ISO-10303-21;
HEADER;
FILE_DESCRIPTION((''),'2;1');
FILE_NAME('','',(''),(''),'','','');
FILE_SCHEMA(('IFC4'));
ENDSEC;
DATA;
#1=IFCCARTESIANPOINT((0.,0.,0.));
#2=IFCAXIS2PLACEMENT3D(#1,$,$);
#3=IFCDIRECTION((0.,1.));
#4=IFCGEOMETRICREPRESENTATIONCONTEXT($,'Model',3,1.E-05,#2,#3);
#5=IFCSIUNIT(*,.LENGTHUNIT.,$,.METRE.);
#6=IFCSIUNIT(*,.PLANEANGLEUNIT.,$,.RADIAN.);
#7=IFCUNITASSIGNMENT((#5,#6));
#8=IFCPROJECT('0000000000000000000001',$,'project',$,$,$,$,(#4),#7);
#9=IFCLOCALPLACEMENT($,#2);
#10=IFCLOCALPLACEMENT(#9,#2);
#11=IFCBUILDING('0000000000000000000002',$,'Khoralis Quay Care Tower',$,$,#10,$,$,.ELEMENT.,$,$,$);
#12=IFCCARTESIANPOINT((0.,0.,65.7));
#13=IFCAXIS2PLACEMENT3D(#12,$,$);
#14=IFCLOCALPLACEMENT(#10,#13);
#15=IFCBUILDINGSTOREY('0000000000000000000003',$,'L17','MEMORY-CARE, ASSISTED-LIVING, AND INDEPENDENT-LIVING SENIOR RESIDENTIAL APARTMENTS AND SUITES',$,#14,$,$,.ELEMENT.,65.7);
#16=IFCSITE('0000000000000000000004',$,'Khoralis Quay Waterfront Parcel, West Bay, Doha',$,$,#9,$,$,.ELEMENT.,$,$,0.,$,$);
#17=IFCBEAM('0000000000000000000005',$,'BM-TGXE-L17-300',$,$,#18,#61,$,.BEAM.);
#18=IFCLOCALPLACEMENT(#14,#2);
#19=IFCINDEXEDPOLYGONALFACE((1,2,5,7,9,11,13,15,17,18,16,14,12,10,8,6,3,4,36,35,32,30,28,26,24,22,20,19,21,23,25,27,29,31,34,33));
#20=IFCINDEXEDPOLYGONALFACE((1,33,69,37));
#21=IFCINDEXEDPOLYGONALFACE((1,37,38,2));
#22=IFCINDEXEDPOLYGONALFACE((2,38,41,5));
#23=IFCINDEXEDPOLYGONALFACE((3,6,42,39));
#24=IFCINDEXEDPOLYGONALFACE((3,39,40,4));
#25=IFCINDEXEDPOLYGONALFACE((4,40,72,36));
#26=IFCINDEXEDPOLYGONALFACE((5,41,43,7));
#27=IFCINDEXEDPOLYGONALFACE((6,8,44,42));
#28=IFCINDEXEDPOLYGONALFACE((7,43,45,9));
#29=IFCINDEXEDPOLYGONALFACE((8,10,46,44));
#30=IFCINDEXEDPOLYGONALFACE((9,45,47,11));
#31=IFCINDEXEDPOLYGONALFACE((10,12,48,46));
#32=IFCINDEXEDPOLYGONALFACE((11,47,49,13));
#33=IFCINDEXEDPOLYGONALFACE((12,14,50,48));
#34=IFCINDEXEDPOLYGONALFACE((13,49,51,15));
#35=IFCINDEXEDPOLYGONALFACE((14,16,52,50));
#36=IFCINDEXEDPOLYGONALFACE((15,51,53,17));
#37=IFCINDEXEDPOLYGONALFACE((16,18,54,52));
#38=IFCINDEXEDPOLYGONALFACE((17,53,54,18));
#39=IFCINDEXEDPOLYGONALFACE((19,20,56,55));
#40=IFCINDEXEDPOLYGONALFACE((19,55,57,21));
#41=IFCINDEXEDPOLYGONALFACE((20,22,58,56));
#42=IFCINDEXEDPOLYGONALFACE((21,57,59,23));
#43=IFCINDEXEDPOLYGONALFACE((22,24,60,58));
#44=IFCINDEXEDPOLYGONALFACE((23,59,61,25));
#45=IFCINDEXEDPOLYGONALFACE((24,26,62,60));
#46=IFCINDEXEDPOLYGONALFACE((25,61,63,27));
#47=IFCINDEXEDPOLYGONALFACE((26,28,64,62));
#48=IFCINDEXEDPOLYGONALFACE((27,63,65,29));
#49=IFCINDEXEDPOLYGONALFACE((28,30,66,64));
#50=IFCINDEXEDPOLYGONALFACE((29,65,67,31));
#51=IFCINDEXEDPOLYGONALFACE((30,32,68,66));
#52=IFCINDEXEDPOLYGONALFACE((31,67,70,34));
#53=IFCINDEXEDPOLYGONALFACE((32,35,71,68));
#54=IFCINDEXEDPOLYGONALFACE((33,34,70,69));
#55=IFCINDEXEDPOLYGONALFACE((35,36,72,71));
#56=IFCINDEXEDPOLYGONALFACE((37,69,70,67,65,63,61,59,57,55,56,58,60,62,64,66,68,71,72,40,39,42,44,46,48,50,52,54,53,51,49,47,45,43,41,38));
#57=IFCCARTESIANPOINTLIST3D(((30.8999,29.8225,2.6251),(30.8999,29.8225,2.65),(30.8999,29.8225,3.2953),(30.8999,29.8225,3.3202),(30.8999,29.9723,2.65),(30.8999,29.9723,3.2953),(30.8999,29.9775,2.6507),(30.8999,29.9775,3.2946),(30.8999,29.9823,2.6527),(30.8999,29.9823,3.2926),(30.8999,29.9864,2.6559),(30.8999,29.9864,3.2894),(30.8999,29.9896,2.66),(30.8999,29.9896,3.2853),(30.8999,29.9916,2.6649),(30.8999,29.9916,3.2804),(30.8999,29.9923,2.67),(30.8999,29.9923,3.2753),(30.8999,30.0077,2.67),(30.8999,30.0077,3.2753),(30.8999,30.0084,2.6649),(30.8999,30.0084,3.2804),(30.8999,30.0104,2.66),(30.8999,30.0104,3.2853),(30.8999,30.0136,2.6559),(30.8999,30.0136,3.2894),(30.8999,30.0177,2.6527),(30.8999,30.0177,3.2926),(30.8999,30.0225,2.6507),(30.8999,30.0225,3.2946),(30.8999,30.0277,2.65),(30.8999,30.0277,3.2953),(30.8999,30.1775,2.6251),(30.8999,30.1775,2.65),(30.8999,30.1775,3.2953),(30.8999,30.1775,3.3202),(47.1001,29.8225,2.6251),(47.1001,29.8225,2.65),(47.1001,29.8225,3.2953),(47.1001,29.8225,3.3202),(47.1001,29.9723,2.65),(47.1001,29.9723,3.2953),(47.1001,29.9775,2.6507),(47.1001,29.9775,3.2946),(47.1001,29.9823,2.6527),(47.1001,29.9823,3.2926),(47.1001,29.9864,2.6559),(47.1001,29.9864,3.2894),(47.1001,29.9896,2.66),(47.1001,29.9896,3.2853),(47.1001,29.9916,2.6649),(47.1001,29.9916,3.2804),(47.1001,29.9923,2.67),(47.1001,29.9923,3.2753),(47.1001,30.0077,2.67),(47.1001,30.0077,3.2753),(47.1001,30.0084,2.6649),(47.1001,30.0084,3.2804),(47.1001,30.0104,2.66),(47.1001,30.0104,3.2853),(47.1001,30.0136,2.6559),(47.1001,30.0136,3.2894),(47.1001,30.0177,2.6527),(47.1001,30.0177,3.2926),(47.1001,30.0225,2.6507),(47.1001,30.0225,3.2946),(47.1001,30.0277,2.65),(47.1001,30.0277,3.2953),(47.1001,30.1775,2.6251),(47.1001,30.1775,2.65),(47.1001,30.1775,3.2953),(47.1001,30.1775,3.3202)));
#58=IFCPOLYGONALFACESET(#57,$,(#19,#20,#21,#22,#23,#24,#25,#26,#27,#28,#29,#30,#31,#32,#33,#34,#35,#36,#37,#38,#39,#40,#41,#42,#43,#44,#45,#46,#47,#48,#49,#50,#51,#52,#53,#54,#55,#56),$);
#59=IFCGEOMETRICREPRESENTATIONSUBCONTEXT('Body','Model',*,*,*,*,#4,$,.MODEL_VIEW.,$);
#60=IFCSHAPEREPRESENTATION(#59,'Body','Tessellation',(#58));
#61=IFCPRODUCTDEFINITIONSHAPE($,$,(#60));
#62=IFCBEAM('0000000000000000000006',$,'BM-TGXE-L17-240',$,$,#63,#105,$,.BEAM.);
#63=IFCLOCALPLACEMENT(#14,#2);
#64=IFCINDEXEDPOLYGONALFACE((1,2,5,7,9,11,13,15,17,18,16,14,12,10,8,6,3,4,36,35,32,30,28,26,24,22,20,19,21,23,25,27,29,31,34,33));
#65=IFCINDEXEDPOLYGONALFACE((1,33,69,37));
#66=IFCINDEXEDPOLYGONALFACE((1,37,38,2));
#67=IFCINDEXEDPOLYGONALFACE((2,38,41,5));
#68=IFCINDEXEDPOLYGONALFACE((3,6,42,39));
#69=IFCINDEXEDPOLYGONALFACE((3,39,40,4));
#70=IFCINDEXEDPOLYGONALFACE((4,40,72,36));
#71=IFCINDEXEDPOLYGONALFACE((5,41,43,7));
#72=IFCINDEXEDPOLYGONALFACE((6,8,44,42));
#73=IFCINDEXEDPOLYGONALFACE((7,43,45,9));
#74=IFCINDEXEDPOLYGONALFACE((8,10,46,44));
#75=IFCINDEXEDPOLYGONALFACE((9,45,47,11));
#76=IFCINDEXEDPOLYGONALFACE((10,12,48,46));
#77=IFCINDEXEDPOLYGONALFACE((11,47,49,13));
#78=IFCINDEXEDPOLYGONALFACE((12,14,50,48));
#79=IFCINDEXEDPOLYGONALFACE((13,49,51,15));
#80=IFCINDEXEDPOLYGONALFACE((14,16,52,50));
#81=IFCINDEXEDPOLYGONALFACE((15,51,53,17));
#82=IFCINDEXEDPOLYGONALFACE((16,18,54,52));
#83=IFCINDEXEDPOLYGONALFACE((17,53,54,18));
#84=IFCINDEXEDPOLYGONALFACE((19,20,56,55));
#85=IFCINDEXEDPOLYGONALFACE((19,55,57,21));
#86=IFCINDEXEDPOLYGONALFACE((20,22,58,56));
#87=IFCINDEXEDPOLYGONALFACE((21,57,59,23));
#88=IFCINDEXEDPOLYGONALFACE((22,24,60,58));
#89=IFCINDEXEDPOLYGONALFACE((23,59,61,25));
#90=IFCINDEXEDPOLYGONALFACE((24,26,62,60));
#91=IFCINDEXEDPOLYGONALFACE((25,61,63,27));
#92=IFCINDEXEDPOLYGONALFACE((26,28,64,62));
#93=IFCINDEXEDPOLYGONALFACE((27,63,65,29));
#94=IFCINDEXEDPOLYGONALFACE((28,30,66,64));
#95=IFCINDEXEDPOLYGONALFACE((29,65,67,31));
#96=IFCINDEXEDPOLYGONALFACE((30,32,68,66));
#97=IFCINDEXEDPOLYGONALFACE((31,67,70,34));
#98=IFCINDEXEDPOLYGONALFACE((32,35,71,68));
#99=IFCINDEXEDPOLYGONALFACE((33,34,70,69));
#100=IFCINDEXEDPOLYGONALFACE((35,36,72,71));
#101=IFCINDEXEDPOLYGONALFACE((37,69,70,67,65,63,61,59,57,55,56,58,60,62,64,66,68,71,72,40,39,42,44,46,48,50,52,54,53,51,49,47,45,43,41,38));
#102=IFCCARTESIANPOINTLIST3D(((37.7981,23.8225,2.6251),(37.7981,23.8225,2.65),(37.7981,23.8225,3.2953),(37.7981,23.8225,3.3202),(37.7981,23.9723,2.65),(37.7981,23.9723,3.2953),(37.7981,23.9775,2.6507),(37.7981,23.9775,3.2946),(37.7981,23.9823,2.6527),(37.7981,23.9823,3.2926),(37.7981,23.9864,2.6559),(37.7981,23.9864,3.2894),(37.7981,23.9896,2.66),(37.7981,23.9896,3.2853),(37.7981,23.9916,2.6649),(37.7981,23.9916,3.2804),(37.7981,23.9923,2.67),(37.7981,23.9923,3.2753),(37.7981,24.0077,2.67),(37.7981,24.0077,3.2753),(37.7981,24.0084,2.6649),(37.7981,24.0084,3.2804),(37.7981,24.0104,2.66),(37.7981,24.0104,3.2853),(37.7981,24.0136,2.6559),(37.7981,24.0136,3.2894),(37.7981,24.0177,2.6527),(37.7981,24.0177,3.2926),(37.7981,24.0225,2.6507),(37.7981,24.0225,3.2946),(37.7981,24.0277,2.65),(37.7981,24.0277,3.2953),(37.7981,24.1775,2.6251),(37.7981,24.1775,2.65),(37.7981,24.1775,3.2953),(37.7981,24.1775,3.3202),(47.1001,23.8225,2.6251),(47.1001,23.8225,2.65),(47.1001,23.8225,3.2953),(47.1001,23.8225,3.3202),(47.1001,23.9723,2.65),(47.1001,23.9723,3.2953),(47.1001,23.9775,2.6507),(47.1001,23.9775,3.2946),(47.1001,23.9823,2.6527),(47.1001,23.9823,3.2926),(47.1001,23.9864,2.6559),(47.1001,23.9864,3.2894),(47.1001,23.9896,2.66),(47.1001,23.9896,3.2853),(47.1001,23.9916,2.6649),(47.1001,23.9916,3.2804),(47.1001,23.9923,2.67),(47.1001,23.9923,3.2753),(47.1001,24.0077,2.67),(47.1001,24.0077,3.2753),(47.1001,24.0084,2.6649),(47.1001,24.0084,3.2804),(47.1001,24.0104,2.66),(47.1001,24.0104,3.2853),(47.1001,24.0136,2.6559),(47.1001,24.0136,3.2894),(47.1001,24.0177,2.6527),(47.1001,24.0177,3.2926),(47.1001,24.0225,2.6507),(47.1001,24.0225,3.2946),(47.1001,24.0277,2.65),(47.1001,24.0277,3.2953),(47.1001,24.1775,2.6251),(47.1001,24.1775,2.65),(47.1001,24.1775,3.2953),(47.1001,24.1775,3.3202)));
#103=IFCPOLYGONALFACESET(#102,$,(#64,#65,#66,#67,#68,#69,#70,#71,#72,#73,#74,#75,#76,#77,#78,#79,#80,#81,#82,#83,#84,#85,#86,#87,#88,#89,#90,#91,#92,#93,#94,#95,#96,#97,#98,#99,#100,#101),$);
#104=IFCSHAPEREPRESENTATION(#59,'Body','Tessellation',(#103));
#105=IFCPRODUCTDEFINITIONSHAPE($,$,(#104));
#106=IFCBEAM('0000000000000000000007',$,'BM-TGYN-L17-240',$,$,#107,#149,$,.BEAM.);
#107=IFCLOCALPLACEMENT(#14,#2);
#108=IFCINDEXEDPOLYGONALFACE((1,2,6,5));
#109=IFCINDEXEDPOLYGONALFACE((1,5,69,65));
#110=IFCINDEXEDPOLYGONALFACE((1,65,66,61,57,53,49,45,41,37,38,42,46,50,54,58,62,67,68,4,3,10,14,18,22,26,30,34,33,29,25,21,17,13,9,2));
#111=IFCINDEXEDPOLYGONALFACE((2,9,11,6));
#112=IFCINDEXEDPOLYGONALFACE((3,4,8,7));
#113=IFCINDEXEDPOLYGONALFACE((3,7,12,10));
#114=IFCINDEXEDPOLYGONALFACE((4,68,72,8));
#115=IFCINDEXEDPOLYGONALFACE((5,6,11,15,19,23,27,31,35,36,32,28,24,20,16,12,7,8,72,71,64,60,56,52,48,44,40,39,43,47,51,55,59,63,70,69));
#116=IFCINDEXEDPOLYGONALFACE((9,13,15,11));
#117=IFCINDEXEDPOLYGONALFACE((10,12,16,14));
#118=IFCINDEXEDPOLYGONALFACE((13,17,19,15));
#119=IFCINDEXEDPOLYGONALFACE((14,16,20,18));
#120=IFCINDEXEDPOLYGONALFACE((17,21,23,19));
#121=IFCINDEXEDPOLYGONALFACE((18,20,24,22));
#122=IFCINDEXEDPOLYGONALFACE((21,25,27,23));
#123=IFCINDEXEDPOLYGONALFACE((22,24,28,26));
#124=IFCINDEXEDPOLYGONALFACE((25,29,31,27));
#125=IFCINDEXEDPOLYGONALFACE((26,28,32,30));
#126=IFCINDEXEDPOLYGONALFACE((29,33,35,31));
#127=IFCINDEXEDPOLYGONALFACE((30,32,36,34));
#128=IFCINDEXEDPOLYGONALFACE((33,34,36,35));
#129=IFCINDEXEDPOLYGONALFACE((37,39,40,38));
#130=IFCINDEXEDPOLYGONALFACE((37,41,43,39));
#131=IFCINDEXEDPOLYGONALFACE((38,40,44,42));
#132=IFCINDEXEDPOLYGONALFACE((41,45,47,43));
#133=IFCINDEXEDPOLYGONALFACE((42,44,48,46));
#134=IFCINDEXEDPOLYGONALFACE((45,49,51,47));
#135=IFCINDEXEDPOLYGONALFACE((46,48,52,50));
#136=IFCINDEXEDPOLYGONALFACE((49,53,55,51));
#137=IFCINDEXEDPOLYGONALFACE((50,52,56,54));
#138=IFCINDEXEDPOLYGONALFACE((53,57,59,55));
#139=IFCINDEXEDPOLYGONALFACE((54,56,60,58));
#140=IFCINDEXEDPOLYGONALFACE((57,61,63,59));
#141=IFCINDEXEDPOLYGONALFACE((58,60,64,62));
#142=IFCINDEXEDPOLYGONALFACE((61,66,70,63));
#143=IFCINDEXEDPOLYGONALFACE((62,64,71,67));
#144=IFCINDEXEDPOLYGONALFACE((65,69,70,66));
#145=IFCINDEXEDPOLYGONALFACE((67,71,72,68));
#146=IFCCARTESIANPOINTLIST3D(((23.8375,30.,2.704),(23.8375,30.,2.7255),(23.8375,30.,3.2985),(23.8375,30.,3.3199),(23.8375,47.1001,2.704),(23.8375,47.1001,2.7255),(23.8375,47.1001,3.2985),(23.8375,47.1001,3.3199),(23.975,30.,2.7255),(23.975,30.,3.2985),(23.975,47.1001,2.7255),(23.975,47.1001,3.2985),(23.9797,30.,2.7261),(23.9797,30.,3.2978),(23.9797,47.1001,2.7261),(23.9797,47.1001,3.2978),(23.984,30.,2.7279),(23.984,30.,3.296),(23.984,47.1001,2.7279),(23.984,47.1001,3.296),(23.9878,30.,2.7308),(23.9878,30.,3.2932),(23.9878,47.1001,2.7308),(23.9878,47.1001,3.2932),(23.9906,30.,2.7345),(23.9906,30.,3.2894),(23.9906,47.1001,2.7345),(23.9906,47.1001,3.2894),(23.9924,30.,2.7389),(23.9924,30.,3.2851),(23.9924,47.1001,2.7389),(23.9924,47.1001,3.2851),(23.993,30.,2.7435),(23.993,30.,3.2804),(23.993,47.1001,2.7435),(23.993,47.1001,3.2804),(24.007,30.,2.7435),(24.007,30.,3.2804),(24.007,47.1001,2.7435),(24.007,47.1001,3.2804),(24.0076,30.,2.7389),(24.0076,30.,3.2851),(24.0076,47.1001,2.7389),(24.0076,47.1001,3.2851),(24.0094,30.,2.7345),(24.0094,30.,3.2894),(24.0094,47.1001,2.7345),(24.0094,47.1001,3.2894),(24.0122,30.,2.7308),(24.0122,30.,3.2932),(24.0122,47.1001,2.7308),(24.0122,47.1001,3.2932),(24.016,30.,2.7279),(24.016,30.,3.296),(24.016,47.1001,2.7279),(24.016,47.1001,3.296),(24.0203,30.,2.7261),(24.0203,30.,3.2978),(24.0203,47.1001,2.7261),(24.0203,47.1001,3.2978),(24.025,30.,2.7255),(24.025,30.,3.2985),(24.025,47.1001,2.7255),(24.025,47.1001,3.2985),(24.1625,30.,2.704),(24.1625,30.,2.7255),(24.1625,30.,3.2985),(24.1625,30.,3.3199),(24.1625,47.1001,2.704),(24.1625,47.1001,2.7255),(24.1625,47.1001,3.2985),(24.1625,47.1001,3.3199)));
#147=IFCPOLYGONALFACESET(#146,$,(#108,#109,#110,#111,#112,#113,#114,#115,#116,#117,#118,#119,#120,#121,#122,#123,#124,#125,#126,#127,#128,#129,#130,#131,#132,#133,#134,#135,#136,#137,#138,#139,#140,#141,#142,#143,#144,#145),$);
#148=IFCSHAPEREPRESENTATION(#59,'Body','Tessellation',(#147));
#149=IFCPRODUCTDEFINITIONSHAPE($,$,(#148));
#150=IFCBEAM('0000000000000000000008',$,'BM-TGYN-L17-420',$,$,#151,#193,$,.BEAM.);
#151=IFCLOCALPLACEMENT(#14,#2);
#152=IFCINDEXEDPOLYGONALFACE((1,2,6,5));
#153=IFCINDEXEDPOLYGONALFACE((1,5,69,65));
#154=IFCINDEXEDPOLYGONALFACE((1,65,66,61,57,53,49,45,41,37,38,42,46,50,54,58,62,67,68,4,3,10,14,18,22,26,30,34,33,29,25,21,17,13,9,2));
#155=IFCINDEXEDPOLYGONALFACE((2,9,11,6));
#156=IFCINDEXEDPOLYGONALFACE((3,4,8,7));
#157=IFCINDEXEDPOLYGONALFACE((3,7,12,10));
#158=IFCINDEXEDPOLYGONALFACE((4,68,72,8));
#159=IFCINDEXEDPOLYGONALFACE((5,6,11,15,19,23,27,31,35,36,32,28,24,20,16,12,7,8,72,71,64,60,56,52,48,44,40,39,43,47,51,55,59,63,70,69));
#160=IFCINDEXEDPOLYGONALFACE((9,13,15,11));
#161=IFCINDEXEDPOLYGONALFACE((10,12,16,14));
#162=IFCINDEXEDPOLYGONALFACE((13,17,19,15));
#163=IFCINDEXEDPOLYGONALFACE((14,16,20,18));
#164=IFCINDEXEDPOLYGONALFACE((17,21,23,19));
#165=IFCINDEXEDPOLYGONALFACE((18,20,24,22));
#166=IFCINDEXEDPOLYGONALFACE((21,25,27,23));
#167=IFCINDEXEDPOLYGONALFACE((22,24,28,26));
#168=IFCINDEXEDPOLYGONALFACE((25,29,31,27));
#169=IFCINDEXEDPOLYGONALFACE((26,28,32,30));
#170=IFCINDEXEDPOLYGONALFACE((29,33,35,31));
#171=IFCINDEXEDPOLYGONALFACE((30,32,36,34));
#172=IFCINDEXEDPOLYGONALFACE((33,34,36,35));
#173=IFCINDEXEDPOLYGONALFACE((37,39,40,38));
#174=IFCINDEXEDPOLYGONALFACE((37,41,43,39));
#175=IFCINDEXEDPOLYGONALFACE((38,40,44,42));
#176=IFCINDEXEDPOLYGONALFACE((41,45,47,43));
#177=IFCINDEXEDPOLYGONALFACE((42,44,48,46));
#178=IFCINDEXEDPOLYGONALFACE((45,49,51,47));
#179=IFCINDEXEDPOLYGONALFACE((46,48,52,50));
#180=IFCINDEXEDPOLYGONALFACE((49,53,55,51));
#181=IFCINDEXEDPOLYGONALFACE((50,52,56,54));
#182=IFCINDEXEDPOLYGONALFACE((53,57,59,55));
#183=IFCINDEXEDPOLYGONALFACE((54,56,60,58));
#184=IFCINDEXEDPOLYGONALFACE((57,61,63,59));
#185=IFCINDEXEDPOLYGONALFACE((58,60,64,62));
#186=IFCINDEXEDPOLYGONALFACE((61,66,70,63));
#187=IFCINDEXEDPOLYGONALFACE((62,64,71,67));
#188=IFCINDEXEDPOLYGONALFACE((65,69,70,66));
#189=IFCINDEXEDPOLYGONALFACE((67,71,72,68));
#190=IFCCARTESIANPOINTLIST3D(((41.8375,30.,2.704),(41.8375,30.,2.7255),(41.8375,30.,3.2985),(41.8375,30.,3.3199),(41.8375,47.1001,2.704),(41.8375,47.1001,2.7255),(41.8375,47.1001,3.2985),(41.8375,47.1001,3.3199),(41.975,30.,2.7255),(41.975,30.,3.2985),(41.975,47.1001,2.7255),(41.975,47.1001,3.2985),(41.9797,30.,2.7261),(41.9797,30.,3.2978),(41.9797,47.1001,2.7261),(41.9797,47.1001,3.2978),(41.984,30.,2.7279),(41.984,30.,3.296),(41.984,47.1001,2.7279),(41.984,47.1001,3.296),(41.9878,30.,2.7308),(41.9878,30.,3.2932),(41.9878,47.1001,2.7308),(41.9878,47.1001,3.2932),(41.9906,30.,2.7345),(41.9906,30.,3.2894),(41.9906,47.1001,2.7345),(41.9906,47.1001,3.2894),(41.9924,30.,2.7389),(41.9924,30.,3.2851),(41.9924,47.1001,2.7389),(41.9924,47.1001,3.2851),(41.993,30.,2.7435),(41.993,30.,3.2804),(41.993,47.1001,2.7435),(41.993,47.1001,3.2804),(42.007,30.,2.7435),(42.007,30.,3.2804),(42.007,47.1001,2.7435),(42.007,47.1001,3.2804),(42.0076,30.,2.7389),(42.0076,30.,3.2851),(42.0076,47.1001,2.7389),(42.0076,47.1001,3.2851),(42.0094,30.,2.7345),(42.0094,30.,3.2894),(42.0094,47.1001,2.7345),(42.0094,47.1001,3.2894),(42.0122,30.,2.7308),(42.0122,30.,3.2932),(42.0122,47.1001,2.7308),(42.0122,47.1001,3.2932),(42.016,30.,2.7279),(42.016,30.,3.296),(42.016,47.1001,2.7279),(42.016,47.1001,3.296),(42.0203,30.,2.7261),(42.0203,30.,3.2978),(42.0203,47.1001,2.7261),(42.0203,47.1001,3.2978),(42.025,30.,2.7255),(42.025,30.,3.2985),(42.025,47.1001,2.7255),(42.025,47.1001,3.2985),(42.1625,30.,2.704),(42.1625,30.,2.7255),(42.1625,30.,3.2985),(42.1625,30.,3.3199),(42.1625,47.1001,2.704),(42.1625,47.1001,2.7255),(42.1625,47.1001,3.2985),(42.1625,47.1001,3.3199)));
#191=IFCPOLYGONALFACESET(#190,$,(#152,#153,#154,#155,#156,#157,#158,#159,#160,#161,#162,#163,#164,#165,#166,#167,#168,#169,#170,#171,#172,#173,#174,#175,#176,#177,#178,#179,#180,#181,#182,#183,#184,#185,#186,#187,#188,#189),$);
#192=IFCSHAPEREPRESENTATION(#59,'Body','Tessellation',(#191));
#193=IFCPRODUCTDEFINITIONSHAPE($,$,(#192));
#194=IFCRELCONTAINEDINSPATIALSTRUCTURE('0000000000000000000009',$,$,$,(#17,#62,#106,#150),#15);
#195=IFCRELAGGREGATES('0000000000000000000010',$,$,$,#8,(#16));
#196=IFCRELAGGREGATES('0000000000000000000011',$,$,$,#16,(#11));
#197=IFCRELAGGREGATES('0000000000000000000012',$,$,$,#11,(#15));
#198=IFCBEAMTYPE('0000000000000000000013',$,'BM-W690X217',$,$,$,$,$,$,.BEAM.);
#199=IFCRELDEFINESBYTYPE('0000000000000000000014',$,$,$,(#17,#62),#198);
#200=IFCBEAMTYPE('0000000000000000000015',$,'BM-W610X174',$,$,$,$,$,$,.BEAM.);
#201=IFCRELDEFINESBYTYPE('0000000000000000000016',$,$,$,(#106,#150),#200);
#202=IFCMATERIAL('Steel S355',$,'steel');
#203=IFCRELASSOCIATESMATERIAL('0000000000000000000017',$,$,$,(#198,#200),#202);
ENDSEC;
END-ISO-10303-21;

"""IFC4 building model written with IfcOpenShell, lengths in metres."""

from ifc_helpers import new_model, si_unit, direction, frame, origin, origin_2d, place, context, subcontext, project, spatial, i_section, extrude, source, transform, mapped, material, material_profile, profile_set, type_object, element, save


model = new_model("IFC4")

# Units and contexts
model_context = context("Model", 3, precision=1e-05, world=origin(), true_north=direction((0.0, 1.0)))
body_context = subcontext(model_context, "Body", "Model", "MODEL_VIEW")
ifc_project = project(units=[si_unit("LENGTHUNIT", "METRE"), si_unit("PLANEANGLEUNIT", "RADIAN")], contexts=[model_context])

# Site, building, storey
site_placement = place(None, origin())
site = spatial("IfcSite", under=ifc_project, at=site_placement, Name="Khoralis Quay Waterfront Parcel, West Bay, Doha", CompositionType="ELEMENT", RefElevation=0.0)
building_placement = place(site_placement, origin())
building = spatial("IfcBuilding", under=site, at=building_placement, Name="Khoralis Quay Care Tower", CompositionType="ELEMENT")
storey_placement = place(building_placement, frame((0.0, 0.0, 65.7)))
storey = spatial("IfcBuildingStorey", under=building, at=storey_placement, Name="L17", Description="MEMORY-CARE, ASSISTED-LIVING, AND INDEPENDENT-LIVING SENIOR RESIDENTIAL APARTMENTS AND SUITES", CompositionType="ELEMENT", Elevation=65.7)

# Beams
ifc_material_1 = material(Name="Steel S355", Category="steel")
ifc_material_profile_1 = material_profile(ifc_material_1, i_section(OverallWidth=0.355, OverallDepth=0.6951, WebThickness=0.0154, FlangeThickness=0.0249, FilletRadius=0.02, at=origin_2d()), Name="Steel S355")
ifc_profile_set_1 = profile_set([ifc_material_profile_1], Name="Steel S355")
beam_type_1 = type_object("IfcBeamType", Name="BM-W690X217", PredefinedType="BEAM", material=ifc_profile_set_1)
shared_shape_1 = source(origin(), body_context, "Body", "SweptSolid", [
    extrude(i_section(OverallWidth=0.355, OverallDepth=0.6951, WebThickness=0.0154, FlangeThickness=0.0249, FilletRadius=0.02, at=origin_2d()), origin(), (0.0, 0.0, 1.0), 16.2002),
])
beam_1_placement = place(storey_placement, frame((30.8999, 30.0, 2.9727), z_axis=(1.0, 0.0, 0.0), x_axis=(0.0, 1.0, 0.0)))
element("IfcBeam", 1, at=beam_1_placement, inside=storey, type_object=beam_type_1, Name="BM-TGXE-L17-300", PredefinedType="BEAM", context=body_context, shape_type="MappedRepresentation", body=[
    mapped(shared_shape_1, transform((0.0, 0.0, 0.0), scale=1.0)),
])
shared_shape_2 = source(origin(), body_context, "Body", "SweptSolid", [
    extrude(i_section(OverallWidth=0.355, OverallDepth=0.6951, WebThickness=0.0154, FlangeThickness=0.0249, FilletRadius=0.02, at=origin_2d()), origin(), (0.0, 0.0, 1.0), 9.302),
])
beam_2_placement = place(storey_placement, frame((37.7981, 24.0, 2.9727), z_axis=(1.0, 0.0, 0.0), x_axis=(0.0, 1.0, 0.0)))
element("IfcBeam", 2, at=beam_2_placement, inside=storey, type_object=beam_type_1, Name="BM-TGXE-L17-240", PredefinedType="BEAM", context=body_context, shape_type="MappedRepresentation", body=[
    mapped(shared_shape_2, transform((0.0, 0.0, 0.0), scale=1.0)),
])
ifc_material_profile_2 = material_profile(ifc_material_1, i_section(OverallWidth=0.325, OverallDepth=0.616, WebThickness=0.0139, FlangeThickness=0.0215, FilletRadius=0.0181, at=origin_2d()), Name="Steel S355")
ifc_profile_set_2 = profile_set([ifc_material_profile_2], Name="Steel S355")
beam_type_2 = type_object("IfcBeamType", Name="BM-W610X174", PredefinedType="BEAM", material=ifc_profile_set_2)
shared_shape_3 = source(origin(), body_context, "Body", "SweptSolid", [
    extrude(i_section(OverallWidth=0.325, OverallDepth=0.616, WebThickness=0.0139, FlangeThickness=0.0215, FilletRadius=0.0181, at=origin_2d()), origin(), (0.0, 0.0, 1.0), 17.1001),
])
for number, where, z_axis, x_axis, name in (
    (3, (24.0, 30.0, 3.012), (0.0, 1.0, 0.0), (-1.0, 0.0, 0.0), "BM-TGYN-L17-240"),
    (4, (42.0, 30.0, 3.012), (0.0, 1.0, 0.0), (-1.0, 0.0, 0.0), "BM-TGYN-L17-420"),
):
    element("IfcBeam", number, at=place(storey_placement, frame(where, z_axis=z_axis, x_axis=x_axis)), inside=storey, type_object=beam_type_2, Name=name, PredefinedType="BEAM", context=body_context, shape_type="MappedRepresentation", body=[
        mapped(shared_shape_3, transform((0.0, 0.0, 0.0), scale=1.0)),
    ])

save(model, "model.ifc")
